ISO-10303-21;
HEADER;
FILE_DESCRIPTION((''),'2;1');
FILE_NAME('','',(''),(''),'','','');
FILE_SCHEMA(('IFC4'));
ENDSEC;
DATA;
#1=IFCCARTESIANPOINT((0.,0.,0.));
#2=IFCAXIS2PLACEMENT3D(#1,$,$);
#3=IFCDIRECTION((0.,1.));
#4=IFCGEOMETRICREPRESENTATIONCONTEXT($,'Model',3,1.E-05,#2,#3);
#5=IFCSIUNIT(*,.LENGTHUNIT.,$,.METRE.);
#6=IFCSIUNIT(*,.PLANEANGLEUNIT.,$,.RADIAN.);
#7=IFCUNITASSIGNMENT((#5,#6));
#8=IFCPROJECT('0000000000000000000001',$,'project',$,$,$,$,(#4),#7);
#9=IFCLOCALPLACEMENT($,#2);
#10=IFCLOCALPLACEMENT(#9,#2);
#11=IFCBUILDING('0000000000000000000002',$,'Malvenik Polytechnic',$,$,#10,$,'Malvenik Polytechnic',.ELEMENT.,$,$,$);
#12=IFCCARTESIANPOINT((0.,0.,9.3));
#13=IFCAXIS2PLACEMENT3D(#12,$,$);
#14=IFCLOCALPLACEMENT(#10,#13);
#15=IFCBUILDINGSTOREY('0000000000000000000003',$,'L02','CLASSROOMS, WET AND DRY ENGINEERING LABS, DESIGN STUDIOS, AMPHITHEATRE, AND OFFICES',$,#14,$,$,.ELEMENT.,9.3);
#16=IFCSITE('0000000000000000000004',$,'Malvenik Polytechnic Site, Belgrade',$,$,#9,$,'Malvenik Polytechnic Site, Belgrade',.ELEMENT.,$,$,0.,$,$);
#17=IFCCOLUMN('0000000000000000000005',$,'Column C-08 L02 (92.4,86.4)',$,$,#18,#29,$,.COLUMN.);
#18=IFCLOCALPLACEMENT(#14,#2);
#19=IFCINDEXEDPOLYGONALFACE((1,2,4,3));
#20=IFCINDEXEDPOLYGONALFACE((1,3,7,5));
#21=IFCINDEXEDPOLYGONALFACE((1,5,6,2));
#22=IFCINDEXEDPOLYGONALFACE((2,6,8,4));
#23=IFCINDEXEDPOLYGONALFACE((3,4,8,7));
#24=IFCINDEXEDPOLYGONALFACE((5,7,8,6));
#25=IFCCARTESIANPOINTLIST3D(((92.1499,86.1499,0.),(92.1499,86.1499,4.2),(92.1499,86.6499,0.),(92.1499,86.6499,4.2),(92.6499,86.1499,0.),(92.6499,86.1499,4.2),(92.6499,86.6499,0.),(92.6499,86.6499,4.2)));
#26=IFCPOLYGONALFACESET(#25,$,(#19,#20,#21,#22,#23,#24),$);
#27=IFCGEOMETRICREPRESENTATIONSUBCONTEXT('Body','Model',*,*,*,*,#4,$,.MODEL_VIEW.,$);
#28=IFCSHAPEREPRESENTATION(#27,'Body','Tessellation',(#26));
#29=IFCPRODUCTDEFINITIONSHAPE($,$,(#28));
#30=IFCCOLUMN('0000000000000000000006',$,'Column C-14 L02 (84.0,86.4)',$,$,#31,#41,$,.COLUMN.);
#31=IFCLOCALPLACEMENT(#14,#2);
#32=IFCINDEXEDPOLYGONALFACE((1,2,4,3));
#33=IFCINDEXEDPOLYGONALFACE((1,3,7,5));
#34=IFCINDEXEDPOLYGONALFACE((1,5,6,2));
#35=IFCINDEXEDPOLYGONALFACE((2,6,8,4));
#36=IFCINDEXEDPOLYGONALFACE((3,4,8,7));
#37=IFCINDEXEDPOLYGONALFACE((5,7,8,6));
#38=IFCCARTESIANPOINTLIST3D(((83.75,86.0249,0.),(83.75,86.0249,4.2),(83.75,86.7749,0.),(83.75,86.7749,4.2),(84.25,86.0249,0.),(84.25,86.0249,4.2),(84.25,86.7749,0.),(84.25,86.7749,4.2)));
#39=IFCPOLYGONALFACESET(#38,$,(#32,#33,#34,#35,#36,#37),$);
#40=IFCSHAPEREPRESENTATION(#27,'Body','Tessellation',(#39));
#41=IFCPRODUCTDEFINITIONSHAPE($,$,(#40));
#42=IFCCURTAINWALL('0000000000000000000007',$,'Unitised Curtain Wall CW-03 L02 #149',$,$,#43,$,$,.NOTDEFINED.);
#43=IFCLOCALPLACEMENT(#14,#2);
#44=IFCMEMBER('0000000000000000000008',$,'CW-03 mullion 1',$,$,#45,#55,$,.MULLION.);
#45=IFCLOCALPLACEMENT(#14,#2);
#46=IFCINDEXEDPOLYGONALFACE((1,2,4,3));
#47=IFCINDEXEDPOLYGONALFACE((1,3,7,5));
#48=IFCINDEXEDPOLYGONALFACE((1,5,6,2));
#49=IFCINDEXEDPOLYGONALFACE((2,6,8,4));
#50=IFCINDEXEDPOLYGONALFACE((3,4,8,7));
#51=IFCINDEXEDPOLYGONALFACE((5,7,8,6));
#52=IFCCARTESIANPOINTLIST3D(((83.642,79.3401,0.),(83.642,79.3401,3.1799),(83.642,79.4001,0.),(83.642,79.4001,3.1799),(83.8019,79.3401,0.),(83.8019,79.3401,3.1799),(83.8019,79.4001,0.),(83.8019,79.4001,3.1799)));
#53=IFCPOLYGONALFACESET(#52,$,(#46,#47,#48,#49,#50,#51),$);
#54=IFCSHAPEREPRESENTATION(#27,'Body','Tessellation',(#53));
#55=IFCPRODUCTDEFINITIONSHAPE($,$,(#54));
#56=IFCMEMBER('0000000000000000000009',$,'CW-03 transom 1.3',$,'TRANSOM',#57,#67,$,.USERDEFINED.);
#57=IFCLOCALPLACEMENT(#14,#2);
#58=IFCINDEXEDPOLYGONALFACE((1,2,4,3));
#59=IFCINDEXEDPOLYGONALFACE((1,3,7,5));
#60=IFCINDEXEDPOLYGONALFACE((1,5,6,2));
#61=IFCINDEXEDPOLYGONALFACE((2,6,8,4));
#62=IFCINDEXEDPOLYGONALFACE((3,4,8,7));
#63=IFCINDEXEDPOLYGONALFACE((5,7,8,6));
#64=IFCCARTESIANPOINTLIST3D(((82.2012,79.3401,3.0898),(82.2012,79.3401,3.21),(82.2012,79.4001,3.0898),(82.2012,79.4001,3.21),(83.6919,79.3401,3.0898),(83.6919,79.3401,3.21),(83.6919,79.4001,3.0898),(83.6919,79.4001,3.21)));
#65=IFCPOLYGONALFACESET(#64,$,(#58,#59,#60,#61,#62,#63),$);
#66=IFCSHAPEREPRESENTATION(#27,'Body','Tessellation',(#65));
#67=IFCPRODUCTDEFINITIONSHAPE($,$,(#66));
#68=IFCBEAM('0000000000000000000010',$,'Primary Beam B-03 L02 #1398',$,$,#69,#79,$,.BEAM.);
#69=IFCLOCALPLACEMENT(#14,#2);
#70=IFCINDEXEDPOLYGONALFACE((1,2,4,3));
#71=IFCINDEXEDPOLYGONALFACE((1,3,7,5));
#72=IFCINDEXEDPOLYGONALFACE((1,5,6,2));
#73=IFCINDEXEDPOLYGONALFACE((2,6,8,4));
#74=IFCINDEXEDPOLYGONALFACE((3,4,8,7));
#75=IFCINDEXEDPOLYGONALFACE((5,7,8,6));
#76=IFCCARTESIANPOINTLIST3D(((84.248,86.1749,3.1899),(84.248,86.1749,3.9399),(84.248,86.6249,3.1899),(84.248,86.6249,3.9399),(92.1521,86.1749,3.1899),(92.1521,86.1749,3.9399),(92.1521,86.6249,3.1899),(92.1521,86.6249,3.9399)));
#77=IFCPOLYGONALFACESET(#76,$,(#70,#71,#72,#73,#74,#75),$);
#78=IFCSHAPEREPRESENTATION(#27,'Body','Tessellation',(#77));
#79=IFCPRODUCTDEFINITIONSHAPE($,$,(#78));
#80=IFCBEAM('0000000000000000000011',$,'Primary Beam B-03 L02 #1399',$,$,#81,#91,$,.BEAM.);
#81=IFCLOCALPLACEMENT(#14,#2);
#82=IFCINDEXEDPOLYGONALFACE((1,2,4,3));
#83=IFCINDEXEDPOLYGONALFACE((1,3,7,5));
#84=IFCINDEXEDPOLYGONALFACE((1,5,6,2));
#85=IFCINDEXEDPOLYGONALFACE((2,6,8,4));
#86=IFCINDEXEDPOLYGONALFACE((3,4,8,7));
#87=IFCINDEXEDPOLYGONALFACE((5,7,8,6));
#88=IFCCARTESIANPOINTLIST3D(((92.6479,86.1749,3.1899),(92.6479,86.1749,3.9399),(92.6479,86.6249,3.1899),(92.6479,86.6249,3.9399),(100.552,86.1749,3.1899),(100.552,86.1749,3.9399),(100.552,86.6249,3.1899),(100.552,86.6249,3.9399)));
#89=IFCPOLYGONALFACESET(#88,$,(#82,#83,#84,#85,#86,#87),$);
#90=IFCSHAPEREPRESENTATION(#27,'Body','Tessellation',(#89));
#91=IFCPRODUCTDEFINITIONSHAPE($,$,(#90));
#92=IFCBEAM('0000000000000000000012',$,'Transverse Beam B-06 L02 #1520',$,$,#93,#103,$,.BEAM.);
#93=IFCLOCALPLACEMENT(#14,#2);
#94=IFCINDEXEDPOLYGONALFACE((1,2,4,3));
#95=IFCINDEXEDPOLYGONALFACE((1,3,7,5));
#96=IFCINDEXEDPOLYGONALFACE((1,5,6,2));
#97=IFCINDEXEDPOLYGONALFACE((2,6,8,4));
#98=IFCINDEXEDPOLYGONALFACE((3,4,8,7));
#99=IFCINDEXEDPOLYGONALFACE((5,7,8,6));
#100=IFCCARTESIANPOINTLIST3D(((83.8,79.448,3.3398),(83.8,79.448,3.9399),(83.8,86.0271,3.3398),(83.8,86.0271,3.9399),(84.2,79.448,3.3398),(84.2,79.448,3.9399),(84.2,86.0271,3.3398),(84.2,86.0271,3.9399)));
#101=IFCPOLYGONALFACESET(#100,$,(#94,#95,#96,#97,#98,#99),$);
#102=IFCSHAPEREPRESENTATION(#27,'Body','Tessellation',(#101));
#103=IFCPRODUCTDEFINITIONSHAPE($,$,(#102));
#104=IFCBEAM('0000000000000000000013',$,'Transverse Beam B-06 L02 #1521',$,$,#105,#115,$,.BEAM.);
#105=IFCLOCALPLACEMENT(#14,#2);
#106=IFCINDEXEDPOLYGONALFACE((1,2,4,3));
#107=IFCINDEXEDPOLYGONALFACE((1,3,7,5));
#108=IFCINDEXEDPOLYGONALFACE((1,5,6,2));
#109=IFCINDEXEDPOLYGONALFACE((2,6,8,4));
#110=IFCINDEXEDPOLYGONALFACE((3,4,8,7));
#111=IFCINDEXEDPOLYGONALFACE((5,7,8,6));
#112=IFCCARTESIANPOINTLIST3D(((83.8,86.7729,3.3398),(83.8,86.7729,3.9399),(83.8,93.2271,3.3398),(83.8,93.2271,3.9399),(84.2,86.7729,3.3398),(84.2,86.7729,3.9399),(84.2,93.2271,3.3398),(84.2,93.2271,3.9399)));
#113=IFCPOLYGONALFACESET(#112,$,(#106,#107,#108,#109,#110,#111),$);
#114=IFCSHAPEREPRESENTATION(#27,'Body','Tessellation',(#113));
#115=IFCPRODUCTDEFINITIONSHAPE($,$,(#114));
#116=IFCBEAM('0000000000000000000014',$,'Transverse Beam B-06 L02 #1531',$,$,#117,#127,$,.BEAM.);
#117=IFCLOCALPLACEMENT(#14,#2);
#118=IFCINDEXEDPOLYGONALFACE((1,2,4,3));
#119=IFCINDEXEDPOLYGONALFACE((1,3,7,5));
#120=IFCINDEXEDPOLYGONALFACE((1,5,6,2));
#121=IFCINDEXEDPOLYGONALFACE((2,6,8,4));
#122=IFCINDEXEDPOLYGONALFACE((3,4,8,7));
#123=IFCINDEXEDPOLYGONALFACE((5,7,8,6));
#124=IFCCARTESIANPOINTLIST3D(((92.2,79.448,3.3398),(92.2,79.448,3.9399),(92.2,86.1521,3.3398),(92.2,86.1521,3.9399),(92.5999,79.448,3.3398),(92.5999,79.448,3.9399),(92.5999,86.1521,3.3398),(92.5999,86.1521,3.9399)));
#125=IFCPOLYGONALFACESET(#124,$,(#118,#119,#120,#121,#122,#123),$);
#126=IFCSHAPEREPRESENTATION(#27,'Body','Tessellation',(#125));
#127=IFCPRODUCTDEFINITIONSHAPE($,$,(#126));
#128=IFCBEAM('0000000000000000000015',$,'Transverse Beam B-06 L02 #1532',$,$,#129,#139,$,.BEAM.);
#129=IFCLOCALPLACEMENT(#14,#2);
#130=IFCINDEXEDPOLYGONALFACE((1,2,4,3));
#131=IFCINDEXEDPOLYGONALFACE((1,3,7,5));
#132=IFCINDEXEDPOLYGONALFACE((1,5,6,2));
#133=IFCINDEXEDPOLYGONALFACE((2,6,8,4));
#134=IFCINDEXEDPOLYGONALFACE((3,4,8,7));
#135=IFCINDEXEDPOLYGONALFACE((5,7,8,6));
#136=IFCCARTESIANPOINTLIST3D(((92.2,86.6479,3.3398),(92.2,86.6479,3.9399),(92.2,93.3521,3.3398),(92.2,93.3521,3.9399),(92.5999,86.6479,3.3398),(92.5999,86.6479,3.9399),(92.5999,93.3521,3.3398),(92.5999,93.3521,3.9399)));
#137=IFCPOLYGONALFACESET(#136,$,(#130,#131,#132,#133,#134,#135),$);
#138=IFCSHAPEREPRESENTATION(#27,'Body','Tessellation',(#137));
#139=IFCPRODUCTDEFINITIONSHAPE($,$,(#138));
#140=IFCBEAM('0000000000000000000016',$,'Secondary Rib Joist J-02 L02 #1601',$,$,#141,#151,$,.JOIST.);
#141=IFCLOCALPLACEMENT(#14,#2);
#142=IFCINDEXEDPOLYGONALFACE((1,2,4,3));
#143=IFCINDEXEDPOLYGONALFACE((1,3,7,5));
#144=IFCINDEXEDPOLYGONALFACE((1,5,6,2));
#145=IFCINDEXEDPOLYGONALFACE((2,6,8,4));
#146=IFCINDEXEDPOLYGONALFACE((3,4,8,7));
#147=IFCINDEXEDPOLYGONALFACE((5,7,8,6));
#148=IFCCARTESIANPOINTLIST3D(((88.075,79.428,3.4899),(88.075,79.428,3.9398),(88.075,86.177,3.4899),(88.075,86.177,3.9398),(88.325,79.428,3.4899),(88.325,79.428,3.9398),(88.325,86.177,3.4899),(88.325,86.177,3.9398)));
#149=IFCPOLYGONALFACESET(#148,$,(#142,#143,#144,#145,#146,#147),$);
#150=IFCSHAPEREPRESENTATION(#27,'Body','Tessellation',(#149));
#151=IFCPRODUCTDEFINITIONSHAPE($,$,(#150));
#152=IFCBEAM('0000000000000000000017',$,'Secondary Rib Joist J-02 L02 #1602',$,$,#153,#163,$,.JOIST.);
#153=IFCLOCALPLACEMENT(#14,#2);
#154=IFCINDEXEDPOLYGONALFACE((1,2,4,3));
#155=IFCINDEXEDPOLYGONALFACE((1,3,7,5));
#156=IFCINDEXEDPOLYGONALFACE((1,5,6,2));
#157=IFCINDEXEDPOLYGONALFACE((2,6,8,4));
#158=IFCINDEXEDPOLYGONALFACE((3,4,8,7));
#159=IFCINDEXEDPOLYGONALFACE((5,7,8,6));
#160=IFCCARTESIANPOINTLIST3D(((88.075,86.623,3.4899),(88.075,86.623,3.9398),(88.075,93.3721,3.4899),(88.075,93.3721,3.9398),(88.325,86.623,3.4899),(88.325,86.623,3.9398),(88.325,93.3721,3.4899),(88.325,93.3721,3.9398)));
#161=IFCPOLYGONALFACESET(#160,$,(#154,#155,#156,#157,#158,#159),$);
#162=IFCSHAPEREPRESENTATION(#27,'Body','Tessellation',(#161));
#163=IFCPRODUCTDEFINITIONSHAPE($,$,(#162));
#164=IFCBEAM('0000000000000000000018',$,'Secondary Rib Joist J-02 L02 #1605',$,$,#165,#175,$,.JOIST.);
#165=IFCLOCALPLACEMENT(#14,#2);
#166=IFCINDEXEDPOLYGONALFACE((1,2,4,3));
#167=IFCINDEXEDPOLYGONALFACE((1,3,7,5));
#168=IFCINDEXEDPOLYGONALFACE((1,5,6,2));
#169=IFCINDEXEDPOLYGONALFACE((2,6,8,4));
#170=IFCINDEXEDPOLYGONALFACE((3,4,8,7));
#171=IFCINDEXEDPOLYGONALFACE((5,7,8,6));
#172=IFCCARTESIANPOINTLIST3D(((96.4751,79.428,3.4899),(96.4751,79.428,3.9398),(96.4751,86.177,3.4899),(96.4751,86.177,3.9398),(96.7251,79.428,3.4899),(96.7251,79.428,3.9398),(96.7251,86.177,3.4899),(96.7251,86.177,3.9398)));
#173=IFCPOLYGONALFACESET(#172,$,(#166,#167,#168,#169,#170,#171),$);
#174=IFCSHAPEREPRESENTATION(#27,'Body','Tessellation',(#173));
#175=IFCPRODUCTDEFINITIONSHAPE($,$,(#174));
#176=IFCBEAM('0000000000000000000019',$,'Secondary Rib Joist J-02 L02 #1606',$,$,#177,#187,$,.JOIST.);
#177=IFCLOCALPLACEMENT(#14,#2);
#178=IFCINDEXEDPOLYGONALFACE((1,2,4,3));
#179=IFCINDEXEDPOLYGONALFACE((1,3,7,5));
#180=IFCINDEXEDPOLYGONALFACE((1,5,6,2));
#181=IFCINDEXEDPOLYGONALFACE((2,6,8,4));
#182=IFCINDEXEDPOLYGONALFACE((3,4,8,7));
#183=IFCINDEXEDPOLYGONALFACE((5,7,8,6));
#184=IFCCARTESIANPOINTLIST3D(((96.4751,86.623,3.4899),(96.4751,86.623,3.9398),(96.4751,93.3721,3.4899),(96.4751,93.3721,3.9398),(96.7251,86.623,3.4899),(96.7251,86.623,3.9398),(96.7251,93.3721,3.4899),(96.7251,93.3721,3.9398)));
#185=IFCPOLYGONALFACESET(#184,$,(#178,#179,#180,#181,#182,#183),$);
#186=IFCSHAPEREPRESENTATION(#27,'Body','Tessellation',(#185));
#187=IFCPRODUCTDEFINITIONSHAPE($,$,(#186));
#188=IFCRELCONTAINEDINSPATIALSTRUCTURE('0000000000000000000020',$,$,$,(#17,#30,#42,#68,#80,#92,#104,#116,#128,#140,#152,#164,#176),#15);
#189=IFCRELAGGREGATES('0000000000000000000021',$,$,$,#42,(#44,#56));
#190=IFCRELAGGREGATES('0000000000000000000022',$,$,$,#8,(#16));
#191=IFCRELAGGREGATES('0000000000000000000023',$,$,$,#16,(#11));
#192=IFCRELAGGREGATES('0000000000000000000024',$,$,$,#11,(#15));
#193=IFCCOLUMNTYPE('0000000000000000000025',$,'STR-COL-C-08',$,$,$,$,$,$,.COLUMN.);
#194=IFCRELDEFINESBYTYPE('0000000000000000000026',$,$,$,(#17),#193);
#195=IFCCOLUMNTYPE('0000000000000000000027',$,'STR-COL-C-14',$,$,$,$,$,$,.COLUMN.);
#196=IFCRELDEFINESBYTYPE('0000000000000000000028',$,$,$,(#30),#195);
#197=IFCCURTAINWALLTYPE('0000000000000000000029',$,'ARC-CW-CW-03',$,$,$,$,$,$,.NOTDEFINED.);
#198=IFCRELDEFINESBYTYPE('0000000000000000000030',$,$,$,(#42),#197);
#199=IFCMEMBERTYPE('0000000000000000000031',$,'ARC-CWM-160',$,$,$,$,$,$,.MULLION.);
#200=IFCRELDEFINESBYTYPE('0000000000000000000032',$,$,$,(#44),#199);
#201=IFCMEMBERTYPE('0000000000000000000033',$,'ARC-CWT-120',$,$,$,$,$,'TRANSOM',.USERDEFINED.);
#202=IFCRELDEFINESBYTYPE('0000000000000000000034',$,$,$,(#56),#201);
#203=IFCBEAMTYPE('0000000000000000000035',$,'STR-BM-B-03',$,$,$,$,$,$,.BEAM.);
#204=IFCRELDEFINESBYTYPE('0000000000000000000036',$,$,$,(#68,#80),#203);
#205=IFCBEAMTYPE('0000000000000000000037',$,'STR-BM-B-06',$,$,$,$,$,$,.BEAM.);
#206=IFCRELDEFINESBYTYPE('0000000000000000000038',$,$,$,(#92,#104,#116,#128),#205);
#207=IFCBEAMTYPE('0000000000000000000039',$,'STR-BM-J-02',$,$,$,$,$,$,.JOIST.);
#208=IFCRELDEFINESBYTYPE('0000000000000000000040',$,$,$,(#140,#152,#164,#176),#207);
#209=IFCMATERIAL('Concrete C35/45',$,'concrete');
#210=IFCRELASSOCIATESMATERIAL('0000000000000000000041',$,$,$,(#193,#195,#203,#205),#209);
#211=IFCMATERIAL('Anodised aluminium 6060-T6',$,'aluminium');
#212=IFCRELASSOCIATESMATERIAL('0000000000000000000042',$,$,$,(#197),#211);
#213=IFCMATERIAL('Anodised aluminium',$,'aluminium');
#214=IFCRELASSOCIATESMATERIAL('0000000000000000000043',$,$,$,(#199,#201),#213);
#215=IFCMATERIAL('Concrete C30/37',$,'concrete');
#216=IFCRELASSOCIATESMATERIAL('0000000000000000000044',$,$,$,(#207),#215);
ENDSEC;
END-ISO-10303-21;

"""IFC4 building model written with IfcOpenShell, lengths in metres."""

from ifc_helpers import new_model, si_unit, direction, frame, origin, origin_2d, place, context, subcontext, project, spatial, rectangle, extrude, material, material_profile, profile_set, type_object, element, aggregate, save


model = new_model("IFC4")

# Units and contexts
model_context = context("Model", 3, precision=1e-05, world=origin(), true_north=direction((0.0, 1.0)))
body_context = subcontext(model_context, "Body", "Model", "MODEL_VIEW")
ifc_project = project(units=[si_unit("LENGTHUNIT", "METRE"), si_unit("PLANEANGLEUNIT", "RADIAN")], contexts=[model_context])

# Site, building, storey
site_placement = place(None, origin())
site = spatial("IfcSite", under=ifc_project, at=site_placement, Name="Malvenik Polytechnic Site, Belgrade", LongName="Malvenik Polytechnic Site, Belgrade", CompositionType="ELEMENT", RefElevation=0.0)
building_placement = place(site_placement, origin())
building = spatial("IfcBuilding", under=site, at=building_placement, Name="Malvenik Polytechnic", LongName="Malvenik Polytechnic", CompositionType="ELEMENT")
storey_placement = place(building_placement, frame((0.0, 0.0, 9.3)))
storey = spatial("IfcBuildingStorey", under=building, at=storey_placement, Name="L02", Description="CLASSROOMS, WET AND DRY ENGINEERING LABS, DESIGN STUDIOS, AMPHITHEATRE, AND OFFICES", CompositionType="ELEMENT", Elevation=9.3)

# Columns
ifc_material_1 = material(Name="Concrete C35/45", Category="concrete")
ifc_material_profile_1 = material_profile(ifc_material_1, rectangle(XDim=0.5, YDim=0.5, at=origin_2d()), Name="RC COL 500x500")
ifc_profile_set_1 = profile_set([ifc_material_profile_1], Name="Concrete C35/45")
column_type_1 = type_object("IfcColumnType", Name="STR-COL-C-08", PredefinedType="COLUMN", material=ifc_profile_set_1)
column_1_placement = place(storey_placement, frame((92.3999, 86.3999, 0.0), z_axis=(0.0, 0.0, 1.0), x_axis=(1.0, 0.0, 0.0)))
element("IfcColumn", 1, at=column_1_placement, inside=storey, type_object=column_type_1, Name="Column C-08 L02 (92.4,86.4)", PredefinedType="COLUMN", context=body_context, shape_type="SweptSolid", body=[
    extrude(rectangle(XDim=0.5, YDim=0.5, at=origin_2d()), origin(), (0.0, 0.0, 1.0), 4.2),
])
ifc_material_profile_2 = material_profile(ifc_material_1, rectangle(XDim=0.5, YDim=0.75, at=origin_2d()), Name="RC COL 750x500")
ifc_profile_set_2 = profile_set([ifc_material_profile_2], Name="Concrete C35/45")
column_type_2 = type_object("IfcColumnType", Name="STR-COL-C-14", PredefinedType="COLUMN", material=ifc_profile_set_2)
column_2_placement = place(storey_placement, frame((84.0, 86.3999, 0.0), z_axis=(0.0, 0.0, 1.0), x_axis=(1.0, 0.0, 0.0)))
element("IfcColumn", 2, at=column_2_placement, inside=storey, type_object=column_type_2, Name="Column C-14 L02 (84.0,86.4)", PredefinedType="COLUMN", context=body_context, shape_type="SweptSolid", body=[
    extrude(rectangle(XDim=0.5, YDim=0.75, at=origin_2d()), origin(), (0.0, 0.0, 1.0), 4.2),
])

# Curtain wall, members
ifc_material_2 = material(Name="Anodised aluminium 6060-T6", Category="aluminium")
curtain_wall_type = type_object("IfcCurtainWallType", Name="ARC-CW-CW-03", PredefinedType="NOTDEFINED", material=ifc_material_2)
curtain_wall_placement = place(storey_placement, origin())
curtain_wall = element("IfcCurtainWall", 3, at=curtain_wall_placement, inside=storey, type_object=curtain_wall_type, Name="Unitised Curtain Wall CW-03 L02 #149", PredefinedType="NOTDEFINED")
ifc_material_3 = material(Name="Anodised aluminium", Category="aluminium")
ifc_material_profile_3 = material_profile(ifc_material_3, rectangle(XDim=0.0601, YDim=0.1599, at=origin_2d()), Name="ALU MULLION 60x160")
ifc_profile_set_3 = profile_set([ifc_material_profile_3], Name="Anodised aluminium")
member_type_1 = type_object("IfcMemberType", Name="ARC-CWM-160", PredefinedType="MULLION", material=ifc_profile_set_3)
member_1_placement = place(storey_placement, frame((83.7219, 79.3701, 0.0), z_axis=(0.0, 0.0, 1.0), x_axis=(0.0, -1.0, 0.0)))
member_1 = element("IfcMember", 4, at=member_1_placement, type_object=member_type_1, Name="CW-03 mullion 1", PredefinedType="MULLION", context=body_context, shape_type="SweptSolid", body=[
    extrude(rectangle(XDim=0.0601, YDim=0.1599, at=origin_2d()), origin(), (0.0, 0.0, 1.0), 3.1799),
])
ifc_material_profile_4 = material_profile(ifc_material_3, rectangle(XDim=0.0601, YDim=0.1201, at=origin_2d()), Name="ALU TRANSOM 60x120")
ifc_profile_set_4 = profile_set([ifc_material_profile_4], Name="Anodised aluminium")
member_type_2 = type_object("IfcMemberType", Name="ARC-CWT-120", ElementType="TRANSOM", PredefinedType="USERDEFINED", material=ifc_profile_set_4)
member_2_placement = place(storey_placement, frame((83.6919, 79.3701, 3.1499), z_axis=(-1.0, 0.0, 0.0), x_axis=(0.0, -1.0, 0.0)))
member_2 = element("IfcMember", 5, at=member_2_placement, type_object=member_type_2, Name="CW-03 transom 1.3", ObjectType="TRANSOM", PredefinedType="USERDEFINED", context=body_context, shape_type="SweptSolid", body=[
    extrude(rectangle(XDim=0.0601, YDim=0.1201, at=origin_2d()), origin(), (0.0, 0.0, 1.0), 1.4907),
])
aggregate(curtain_wall, [member_1, member_2])

# Beams
ifc_material_profile_5 = material_profile(ifc_material_1, rectangle(XDim=0.45, YDim=0.75, at=origin_2d()), Name="RC BM 450x750")
ifc_profile_set_5 = profile_set([ifc_material_profile_5], Name="Concrete C35/45")
beam_type_1 = type_object("IfcBeamType", Name="STR-BM-B-03", PredefinedType="BEAM", material=ifc_profile_set_5)
for number, where, z_axis, x_axis, name in (
    (6, (84.248, 86.3999, 3.5649), (1.0, 0.0, 0.0), (0.0, 1.0, 0.0), "Primary Beam B-03 L02 #1398"),
    (7, (92.6479, 86.3999, 3.5649), (1.0, 0.0, 0.0), (0.0, 1.0, 0.0), "Primary Beam B-03 L02 #1399"),
):
    element("IfcBeam", number, at=place(storey_placement, frame(where, z_axis=z_axis, x_axis=x_axis)), inside=storey, type_object=beam_type_1, Name=name, PredefinedType="BEAM", context=body_context, shape_type="SweptSolid", body=[
        extrude(rectangle(XDim=0.45, YDim=0.75, at=origin_2d()), origin(), (0.0, 0.0, 1.0), 7.9041),
    ])
ifc_material_profile_6 = material_profile(ifc_material_1, rectangle(XDim=0.3999, YDim=0.6001, at=origin_2d()), Name="RC BM 400x600")
ifc_profile_set_6 = profile_set([ifc_material_profile_6], Name="Concrete C35/45")
beam_type_2 = type_object("IfcBeamType", Name="STR-BM-B-06", PredefinedType="BEAM", material=ifc_profile_set_6)
beam_1_placement = place(storey_placement, frame((84.0, 79.448, 3.6399), z_axis=(0.0, 1.0, 0.0), x_axis=(-1.0, 0.0, 0.0)))
element("IfcBeam", 8, at=beam_1_placement, inside=storey, type_object=beam_type_2, Name="Transverse Beam B-06 L02 #1520", PredefinedType="BEAM", context=body_context, shape_type="SweptSolid", body=[
    extrude(rectangle(XDim=0.3999, YDim=0.6001, at=origin_2d()), origin(), (0.0, 0.0, 1.0), 6.5791),
])
beam_2_placement = place(storey_placement, frame((84.0, 86.7729, 3.6399), z_axis=(0.0, 1.0, 0.0), x_axis=(-1.0, 0.0, 0.0)))
element("IfcBeam", 9, at=beam_2_placement, inside=storey, type_object=beam_type_2, Name="Transverse Beam B-06 L02 #1521", PredefinedType="BEAM", context=body_context, shape_type="SweptSolid", body=[
    extrude(rectangle(XDim=0.3999, YDim=0.6001, at=origin_2d()), origin(), (0.0, 0.0, 1.0), 6.4541),
])
for number, where, z_axis, x_axis, name in (
    (10, (92.3999, 79.448, 3.6399), (0.0, 1.0, 0.0), (-1.0, 0.0, 0.0), "Transverse Beam B-06 L02 #1531"),
    (11, (92.3999, 86.6479, 3.6399), (0.0, 1.0, 0.0), (-1.0, 0.0, 0.0), "Transverse Beam B-06 L02 #1532"),
):
    element("IfcBeam", number, at=place(storey_placement, frame(where, z_axis=z_axis, x_axis=x_axis)), inside=storey, type_object=beam_type_2, Name=name, PredefinedType="BEAM", context=body_context, shape_type="SweptSolid", body=[
        extrude(rectangle(XDim=0.3999, YDim=0.6001, at=origin_2d()), origin(), (0.0, 0.0, 1.0), 6.7041),
    ])
ifc_material_4 = material(Name="Concrete C30/37", Category="concrete")
ifc_material_profile_7 = material_profile(ifc_material_4, rectangle(XDim=0.25, YDim=0.45, at=origin_2d()), Name="RC JST 250x450")
ifc_profile_set_7 = profile_set([ifc_material_profile_7], Name="Concrete C30/37")
beam_type_3 = type_object("IfcBeamType", Name="STR-BM-J-02", PredefinedType="JOIST", material=ifc_profile_set_7)
for number, where, z_axis, x_axis, name in (
    (12, (88.2, 79.428, 3.7148), (0.0, 1.0, 0.0), (-1.0, 0.0, 0.0), "Secondary Rib Joist J-02 L02 #1601"),
    (13, (88.2, 86.623, 3.7148), (0.0, 1.0, 0.0), (-1.0, 0.0, 0.0), "Secondary Rib Joist J-02 L02 #1602"),
    (14, (96.6001, 79.428, 3.7148), (0.0, 1.0, 0.0), (-1.0, 0.0, 0.0), "Secondary Rib Joist J-02 L02 #1605"),
    (15, (96.6001, 86.623, 3.7148), (0.0, 1.0, 0.0), (-1.0, 0.0, 0.0), "Secondary Rib Joist J-02 L02 #1606"),
):
    element("IfcBeam", number, at=place(storey_placement, frame(where, z_axis=z_axis, x_axis=x_axis)), inside=storey, type_object=beam_type_3, Name=name, PredefinedType="JOIST", context=body_context, shape_type="SweptSolid", body=[
        extrude(rectangle(XDim=0.25, YDim=0.45, at=origin_2d()), origin(), (0.0, 0.0, 1.0), 6.749),
    ])

save(model, "model.ifc")
